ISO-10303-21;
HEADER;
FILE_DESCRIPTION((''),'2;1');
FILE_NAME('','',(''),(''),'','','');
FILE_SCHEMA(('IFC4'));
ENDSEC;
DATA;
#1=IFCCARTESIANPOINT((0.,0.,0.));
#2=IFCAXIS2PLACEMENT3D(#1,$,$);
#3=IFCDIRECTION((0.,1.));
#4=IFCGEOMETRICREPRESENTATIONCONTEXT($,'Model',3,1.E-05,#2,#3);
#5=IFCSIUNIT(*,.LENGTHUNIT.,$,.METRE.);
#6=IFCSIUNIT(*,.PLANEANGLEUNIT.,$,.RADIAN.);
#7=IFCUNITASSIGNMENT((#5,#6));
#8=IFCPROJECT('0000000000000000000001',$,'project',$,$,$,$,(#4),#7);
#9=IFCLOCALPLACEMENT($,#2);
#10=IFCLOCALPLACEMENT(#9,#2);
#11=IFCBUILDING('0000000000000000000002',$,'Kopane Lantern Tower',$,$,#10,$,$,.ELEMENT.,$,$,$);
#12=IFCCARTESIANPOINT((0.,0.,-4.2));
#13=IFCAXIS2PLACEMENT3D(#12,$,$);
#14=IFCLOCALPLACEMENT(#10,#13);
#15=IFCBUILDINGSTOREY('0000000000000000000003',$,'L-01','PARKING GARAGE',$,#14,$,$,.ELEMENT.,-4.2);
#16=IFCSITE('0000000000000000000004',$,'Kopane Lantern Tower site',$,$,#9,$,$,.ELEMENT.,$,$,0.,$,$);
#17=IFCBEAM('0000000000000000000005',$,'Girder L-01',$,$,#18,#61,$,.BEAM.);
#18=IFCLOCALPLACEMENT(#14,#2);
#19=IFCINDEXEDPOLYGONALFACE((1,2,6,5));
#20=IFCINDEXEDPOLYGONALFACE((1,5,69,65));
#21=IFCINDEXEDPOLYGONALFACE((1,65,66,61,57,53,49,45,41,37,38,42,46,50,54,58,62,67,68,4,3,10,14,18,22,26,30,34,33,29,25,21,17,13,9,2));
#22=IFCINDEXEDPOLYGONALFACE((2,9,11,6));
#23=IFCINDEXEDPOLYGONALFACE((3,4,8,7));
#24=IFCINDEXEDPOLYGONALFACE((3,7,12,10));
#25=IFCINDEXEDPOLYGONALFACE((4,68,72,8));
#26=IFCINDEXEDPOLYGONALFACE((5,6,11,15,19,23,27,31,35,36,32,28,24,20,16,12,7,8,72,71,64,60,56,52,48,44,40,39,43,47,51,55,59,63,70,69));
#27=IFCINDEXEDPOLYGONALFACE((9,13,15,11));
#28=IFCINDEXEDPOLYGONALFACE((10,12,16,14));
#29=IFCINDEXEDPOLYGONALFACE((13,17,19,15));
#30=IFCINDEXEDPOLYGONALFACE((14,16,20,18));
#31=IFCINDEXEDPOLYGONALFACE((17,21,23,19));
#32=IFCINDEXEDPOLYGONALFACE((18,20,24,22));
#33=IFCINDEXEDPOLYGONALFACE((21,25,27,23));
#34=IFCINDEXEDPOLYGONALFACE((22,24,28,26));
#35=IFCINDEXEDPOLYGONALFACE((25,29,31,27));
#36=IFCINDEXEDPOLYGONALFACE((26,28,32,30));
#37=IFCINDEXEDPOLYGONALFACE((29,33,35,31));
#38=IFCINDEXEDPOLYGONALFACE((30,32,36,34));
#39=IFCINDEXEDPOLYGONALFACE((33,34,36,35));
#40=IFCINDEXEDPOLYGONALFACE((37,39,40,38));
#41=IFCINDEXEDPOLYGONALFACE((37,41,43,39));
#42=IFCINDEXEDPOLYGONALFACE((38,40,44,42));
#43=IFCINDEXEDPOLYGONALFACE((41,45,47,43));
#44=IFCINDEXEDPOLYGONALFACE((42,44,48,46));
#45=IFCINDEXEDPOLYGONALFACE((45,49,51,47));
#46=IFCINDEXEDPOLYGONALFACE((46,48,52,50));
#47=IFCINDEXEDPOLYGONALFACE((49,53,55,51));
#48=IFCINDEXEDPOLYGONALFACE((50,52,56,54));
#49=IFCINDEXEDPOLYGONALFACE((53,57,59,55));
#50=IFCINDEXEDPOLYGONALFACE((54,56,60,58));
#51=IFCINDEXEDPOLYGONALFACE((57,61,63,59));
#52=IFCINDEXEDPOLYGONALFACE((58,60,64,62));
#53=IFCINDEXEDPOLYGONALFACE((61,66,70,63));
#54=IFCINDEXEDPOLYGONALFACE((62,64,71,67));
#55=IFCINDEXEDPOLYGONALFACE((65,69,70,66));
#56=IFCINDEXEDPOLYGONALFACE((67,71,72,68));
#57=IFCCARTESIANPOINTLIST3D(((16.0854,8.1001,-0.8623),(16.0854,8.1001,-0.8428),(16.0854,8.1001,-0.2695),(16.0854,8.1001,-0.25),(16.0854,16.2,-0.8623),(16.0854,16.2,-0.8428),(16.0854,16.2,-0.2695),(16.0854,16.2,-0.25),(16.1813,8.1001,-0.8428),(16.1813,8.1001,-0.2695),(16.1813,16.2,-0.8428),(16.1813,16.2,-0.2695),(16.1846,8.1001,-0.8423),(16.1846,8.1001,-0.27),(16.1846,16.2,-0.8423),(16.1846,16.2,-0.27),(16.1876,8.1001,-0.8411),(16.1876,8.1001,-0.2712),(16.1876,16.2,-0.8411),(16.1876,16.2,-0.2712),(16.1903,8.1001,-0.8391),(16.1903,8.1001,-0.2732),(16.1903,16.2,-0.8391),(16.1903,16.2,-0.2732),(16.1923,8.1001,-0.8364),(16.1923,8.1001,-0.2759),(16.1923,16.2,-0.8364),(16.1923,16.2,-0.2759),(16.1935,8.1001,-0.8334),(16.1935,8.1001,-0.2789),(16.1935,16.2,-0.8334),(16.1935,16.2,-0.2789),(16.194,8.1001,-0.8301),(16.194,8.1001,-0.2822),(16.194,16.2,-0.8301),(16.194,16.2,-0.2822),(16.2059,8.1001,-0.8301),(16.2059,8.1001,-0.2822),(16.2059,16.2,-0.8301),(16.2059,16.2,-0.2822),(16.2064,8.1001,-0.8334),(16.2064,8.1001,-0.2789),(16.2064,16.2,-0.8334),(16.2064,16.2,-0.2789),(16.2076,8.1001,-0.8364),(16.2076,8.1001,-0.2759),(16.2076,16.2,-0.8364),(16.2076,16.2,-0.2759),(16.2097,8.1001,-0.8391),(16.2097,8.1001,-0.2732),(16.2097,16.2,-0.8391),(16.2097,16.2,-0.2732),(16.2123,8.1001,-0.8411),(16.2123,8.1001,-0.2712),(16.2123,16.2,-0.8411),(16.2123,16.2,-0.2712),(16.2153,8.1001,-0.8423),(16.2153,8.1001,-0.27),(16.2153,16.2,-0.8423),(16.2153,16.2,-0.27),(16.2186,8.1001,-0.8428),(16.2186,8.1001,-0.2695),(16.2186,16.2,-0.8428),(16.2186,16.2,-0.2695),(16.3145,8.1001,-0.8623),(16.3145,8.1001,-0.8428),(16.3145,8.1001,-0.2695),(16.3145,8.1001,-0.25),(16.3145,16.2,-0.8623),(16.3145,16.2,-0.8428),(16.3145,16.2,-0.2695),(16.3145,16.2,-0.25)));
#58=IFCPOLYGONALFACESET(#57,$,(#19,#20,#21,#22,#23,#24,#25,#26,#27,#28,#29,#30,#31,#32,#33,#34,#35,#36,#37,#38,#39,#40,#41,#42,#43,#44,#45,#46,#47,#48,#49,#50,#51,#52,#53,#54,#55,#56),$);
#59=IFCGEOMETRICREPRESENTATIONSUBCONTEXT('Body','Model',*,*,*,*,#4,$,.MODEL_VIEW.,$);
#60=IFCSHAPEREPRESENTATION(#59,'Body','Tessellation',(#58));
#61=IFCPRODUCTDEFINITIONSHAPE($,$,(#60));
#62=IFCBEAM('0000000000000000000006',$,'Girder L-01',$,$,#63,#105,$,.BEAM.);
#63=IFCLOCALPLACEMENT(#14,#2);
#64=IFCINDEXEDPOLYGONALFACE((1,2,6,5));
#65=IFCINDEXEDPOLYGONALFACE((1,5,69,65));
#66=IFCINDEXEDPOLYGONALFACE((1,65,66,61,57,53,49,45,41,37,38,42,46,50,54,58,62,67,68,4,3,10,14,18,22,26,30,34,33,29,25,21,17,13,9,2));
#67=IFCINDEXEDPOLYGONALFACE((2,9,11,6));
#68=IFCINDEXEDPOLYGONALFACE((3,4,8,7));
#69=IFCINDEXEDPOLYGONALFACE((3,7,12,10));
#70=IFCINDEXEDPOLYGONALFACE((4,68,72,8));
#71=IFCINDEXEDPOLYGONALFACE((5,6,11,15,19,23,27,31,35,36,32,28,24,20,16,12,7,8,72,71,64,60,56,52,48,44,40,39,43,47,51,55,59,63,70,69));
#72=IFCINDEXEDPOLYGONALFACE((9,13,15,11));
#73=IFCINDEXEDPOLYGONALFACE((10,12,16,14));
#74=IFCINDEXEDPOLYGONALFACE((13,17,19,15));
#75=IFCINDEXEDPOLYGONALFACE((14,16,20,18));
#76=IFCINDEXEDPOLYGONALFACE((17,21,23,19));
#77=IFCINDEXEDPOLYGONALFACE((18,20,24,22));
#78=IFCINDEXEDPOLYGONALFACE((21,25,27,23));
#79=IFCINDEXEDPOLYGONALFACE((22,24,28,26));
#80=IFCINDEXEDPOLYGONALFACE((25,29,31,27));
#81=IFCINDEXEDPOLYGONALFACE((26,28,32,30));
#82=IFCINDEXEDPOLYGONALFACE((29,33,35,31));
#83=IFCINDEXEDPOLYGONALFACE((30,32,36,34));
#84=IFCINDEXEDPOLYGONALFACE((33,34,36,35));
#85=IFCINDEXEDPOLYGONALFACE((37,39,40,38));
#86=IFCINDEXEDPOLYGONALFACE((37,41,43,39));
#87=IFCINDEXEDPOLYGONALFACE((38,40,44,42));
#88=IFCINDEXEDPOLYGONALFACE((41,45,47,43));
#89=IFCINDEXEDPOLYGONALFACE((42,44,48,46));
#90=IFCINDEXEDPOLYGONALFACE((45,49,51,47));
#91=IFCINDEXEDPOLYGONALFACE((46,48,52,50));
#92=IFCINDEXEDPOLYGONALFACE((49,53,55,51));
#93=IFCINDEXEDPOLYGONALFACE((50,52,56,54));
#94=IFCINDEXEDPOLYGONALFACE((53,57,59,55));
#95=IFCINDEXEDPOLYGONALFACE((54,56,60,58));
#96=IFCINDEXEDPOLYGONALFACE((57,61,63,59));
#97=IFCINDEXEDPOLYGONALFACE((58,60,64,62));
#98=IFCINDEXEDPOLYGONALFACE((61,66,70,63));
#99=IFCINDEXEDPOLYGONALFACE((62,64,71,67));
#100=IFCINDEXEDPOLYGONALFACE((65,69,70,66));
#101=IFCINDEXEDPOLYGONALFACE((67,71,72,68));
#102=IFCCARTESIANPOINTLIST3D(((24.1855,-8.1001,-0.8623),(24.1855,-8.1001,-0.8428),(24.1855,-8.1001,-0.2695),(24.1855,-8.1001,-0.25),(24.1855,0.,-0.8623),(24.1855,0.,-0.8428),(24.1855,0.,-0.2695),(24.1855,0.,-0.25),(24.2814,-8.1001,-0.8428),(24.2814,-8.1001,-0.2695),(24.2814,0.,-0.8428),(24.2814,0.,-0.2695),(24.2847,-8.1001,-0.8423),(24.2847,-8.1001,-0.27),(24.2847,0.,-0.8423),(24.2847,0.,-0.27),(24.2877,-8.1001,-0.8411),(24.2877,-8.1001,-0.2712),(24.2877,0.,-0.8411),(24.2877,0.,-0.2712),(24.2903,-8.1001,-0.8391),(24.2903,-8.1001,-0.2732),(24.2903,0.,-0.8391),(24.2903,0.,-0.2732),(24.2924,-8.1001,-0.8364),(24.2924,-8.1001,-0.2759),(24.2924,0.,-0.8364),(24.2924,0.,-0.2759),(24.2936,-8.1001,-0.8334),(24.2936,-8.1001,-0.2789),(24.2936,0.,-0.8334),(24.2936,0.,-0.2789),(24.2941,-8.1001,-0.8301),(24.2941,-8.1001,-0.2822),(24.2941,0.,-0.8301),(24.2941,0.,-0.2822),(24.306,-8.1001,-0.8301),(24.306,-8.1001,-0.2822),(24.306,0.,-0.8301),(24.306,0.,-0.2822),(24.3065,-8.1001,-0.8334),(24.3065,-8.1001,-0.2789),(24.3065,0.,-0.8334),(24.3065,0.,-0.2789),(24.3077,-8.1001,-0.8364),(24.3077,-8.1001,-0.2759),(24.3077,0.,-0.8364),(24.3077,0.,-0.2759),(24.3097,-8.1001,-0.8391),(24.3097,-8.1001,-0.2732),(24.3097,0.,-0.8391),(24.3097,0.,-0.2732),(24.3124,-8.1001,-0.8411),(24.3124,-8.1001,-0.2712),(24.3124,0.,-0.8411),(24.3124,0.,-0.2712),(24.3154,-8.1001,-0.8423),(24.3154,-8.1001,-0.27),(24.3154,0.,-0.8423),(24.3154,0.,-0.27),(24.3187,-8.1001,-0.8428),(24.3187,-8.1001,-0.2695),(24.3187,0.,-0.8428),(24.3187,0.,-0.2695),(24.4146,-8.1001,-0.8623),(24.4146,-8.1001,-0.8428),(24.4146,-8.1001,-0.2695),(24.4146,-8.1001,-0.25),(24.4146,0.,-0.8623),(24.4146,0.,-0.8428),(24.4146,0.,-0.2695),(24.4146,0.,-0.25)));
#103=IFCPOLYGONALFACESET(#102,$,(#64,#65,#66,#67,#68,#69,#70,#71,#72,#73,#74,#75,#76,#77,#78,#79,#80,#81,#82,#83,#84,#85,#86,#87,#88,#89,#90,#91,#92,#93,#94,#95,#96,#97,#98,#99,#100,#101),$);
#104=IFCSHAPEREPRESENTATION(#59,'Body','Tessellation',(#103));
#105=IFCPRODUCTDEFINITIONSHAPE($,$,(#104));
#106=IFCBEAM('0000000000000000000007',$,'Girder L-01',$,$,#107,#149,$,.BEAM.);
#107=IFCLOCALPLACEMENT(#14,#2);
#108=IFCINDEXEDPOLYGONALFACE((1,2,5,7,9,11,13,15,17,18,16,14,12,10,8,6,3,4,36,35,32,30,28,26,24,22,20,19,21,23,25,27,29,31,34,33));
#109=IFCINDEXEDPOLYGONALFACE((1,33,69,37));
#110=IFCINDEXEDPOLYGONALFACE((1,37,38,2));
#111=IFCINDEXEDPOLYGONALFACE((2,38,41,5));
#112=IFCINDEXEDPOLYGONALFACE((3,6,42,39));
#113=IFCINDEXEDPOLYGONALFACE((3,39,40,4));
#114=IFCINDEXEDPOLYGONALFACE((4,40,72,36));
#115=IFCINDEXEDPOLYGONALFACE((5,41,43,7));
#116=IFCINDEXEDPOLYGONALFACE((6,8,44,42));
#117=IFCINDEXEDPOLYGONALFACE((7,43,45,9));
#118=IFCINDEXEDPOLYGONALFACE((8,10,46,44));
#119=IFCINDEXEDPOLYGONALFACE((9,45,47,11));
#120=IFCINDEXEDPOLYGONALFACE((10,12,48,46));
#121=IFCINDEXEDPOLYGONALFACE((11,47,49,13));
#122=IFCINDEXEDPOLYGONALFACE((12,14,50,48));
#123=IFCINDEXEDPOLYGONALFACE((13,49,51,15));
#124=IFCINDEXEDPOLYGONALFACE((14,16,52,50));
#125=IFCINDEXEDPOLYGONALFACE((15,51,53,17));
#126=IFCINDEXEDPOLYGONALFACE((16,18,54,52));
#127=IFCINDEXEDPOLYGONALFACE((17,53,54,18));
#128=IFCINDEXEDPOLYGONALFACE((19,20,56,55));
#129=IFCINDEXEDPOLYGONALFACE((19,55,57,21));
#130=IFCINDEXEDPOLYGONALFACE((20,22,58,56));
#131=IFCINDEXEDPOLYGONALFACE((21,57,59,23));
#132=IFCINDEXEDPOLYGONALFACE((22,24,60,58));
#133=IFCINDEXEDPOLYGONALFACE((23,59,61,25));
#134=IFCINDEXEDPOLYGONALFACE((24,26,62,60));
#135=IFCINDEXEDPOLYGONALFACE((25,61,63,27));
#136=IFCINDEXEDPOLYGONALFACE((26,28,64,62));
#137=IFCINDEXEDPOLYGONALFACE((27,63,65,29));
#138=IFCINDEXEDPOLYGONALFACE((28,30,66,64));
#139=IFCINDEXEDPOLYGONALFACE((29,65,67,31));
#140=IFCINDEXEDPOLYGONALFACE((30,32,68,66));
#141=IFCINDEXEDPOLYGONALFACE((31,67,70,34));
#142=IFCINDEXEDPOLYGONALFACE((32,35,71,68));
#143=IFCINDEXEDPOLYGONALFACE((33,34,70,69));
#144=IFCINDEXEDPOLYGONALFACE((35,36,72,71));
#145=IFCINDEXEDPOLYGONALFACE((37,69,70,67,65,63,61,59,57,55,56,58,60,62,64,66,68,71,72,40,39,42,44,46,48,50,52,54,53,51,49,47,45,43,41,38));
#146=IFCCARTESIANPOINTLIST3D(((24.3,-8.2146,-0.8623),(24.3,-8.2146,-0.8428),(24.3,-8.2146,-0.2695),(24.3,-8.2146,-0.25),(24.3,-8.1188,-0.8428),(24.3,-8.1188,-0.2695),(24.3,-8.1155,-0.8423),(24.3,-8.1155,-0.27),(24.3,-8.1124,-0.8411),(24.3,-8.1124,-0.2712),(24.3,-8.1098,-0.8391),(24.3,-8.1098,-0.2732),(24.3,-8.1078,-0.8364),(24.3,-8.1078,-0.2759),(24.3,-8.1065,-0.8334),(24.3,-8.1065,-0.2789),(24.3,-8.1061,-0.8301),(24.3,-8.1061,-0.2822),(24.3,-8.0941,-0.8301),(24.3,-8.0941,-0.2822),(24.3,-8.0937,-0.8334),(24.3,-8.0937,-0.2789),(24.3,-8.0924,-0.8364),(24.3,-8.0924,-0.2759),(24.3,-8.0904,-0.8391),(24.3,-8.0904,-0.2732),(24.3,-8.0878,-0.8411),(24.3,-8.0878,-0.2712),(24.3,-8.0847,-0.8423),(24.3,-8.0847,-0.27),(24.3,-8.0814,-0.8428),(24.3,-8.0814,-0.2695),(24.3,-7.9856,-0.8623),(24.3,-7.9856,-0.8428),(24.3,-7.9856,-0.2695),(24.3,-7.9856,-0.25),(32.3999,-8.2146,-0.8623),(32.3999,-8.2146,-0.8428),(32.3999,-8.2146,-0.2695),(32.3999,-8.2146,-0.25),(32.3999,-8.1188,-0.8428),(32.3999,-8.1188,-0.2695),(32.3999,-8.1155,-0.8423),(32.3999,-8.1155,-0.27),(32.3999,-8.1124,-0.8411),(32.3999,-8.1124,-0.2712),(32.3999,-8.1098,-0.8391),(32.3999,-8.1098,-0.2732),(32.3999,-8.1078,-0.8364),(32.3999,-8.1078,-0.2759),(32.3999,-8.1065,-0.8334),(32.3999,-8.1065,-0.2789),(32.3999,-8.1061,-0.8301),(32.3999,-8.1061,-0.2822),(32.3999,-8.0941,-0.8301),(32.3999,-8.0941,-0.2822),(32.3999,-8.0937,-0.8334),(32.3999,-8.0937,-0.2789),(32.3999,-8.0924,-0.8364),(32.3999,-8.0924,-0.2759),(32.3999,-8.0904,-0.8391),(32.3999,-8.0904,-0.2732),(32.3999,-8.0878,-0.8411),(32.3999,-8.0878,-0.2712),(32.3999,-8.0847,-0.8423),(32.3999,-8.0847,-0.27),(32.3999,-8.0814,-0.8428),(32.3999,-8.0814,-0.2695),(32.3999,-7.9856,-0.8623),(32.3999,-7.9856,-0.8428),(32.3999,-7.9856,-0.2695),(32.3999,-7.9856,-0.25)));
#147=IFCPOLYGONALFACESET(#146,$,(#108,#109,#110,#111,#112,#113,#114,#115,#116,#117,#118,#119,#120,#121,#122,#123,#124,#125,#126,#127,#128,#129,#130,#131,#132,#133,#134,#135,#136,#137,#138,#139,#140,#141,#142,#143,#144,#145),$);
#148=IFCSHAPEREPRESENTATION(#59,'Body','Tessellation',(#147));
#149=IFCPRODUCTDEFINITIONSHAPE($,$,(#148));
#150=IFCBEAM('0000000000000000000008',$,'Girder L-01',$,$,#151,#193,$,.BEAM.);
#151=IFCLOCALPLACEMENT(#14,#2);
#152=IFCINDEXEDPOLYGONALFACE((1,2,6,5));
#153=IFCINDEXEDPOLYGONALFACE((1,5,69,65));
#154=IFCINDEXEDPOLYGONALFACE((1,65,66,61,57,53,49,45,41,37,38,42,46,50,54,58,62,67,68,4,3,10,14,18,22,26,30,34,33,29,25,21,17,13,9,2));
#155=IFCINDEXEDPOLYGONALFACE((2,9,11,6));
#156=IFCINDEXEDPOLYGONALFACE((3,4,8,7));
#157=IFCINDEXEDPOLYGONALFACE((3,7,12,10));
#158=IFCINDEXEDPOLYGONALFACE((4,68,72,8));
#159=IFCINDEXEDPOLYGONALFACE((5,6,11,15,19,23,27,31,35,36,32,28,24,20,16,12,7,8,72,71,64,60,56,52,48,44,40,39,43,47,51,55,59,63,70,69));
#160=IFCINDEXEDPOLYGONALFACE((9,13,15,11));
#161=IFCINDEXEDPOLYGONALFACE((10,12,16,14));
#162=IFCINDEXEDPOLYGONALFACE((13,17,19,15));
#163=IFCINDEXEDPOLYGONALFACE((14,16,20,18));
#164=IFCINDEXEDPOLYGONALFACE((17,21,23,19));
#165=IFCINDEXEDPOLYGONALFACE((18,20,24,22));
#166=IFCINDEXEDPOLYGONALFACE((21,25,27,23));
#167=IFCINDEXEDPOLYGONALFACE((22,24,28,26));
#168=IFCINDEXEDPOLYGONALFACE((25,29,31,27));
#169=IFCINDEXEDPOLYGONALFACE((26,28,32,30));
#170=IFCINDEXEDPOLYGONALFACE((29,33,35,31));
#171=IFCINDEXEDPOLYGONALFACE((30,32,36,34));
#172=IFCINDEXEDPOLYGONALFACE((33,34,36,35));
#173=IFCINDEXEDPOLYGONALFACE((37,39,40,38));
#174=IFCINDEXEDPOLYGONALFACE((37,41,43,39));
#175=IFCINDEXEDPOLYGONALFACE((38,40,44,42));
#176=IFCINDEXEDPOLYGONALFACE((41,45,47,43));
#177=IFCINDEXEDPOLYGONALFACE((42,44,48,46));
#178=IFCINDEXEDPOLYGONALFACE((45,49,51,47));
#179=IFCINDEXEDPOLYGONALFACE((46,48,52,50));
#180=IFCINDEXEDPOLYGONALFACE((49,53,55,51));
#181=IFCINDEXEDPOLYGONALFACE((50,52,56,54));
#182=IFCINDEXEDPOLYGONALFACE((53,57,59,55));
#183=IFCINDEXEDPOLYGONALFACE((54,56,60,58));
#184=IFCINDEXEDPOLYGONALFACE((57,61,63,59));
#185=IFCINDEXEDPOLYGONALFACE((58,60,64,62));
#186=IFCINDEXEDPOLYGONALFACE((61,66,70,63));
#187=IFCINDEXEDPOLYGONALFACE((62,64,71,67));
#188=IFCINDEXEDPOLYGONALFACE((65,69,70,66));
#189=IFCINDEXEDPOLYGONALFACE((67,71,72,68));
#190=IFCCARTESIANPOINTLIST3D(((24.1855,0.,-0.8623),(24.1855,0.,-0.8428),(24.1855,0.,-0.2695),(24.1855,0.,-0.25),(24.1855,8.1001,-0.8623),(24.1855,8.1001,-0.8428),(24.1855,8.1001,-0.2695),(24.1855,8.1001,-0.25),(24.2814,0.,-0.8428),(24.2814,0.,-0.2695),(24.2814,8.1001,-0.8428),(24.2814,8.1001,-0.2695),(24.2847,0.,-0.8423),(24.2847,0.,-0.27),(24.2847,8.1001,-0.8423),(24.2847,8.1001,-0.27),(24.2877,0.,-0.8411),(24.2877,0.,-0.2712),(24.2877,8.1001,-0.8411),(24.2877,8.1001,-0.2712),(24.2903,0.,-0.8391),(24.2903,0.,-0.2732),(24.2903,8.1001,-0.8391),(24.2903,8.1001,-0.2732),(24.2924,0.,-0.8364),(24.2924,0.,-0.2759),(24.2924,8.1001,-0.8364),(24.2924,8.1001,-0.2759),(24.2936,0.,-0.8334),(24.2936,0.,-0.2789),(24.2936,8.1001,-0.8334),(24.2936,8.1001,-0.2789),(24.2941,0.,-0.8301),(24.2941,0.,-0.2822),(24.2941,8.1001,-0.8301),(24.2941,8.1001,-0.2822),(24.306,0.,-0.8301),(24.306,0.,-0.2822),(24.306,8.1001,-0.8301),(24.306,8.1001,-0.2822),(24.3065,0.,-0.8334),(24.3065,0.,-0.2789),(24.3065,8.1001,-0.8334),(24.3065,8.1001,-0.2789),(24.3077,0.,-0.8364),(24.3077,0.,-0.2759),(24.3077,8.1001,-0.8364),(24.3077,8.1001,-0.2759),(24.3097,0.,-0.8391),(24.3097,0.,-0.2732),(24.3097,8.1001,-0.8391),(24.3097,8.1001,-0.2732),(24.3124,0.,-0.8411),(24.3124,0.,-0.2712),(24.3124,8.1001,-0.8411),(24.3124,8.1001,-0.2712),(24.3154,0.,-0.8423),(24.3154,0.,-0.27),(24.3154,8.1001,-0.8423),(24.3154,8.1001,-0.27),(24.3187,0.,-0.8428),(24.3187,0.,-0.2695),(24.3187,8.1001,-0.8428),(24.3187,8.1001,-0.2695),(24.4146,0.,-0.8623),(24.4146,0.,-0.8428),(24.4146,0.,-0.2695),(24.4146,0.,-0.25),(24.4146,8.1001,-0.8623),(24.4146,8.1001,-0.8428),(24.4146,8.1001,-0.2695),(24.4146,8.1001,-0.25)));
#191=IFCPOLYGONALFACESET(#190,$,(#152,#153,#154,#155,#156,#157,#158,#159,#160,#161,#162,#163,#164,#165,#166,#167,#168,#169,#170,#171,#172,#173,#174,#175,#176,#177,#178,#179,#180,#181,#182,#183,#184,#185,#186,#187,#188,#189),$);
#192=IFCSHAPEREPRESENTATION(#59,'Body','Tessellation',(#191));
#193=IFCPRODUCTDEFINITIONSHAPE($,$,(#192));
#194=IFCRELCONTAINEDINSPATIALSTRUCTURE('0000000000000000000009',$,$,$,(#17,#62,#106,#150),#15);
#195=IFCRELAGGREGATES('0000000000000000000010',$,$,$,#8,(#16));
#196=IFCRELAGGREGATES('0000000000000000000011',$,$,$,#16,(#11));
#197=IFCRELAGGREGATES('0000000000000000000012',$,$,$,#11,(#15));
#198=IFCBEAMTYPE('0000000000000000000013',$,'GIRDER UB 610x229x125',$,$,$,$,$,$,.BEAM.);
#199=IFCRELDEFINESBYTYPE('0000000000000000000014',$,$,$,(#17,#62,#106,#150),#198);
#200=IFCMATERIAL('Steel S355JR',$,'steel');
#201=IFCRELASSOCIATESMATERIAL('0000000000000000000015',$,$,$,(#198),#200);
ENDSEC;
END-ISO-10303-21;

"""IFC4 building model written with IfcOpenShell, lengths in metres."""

from ifc_helpers import new_model, si_unit, direction, frame, origin, origin_2d, place, context, subcontext, project, spatial, i_section, extrude, material, material_profile, profile_set, type_object, element, save


model = new_model("IFC4")

# Units and contexts
model_context = context("Model", 3, precision=1e-05, world=origin(), true_north=direction((0.0, 1.0)))
body_context = subcontext(model_context, "Body", "Model", "MODEL_VIEW")
ifc_project = project(units=[si_unit("LENGTHUNIT", "METRE"), si_unit("PLANEANGLEUNIT", "RADIAN")], contexts=[model_context])

# Site, building, storey
site_placement = place(None, origin())
site = spatial("IfcSite", under=ifc_project, at=site_placement, Name="Kopane Lantern Tower site", CompositionType="ELEMENT", RefElevation=0.0)
building_placement = place(site_placement, origin())
building = spatial("IfcBuilding", under=site, at=building_placement, Name="Kopane Lantern Tower", CompositionType="ELEMENT")
storey_placement = place(building_placement, frame((0.0, 0.0, -4.2)))
storey = spatial("IfcBuildingStorey", under=building, at=storey_placement, Name="L-01", Description="PARKING GARAGE", CompositionType="ELEMENT", Elevation=-4.2)

# Beams
ifc_material_1 = material(Name="Steel S355JR", Category="steel")
ifc_material_profile_1 = material_profile(ifc_material_1, i_section(OverallWidth=0.229, OverallDepth=0.6123, WebThickness=0.012, FlangeThickness=0.0195, FilletRadius=0.0127, at=origin_2d()), Name="UB 610x229x125")
ifc_profile_set_1 = profile_set([ifc_material_profile_1], Name="Steel S355JR")
beam_type = type_object("IfcBeamType", Name="GIRDER UB 610x229x125", PredefinedType="BEAM", material=ifc_profile_set_1)
beam_1_placement = place(storey_placement, frame((16.2, 8.1001, -0.5562), z_axis=(0.0, 1.0, 0.0), x_axis=(-1.0, 0.0, 0.0)))
element("IfcBeam", 1, at=beam_1_placement, inside=storey, type_object=beam_type, Name="Girder L-01", PredefinedType="BEAM", context=body_context, shape_type="SweptSolid", body=[
    extrude(i_section(OverallWidth=0.229, OverallDepth=0.6123, WebThickness=0.012, FlangeThickness=0.0195, FilletRadius=0.0127, at=origin_2d()), origin(), (0.0, 0.0, 1.0), 8.0999),
])
beam_2_placement = place(storey_placement, frame((24.3, -8.1001, -0.5562), z_axis=(0.0, 1.0, 0.0), x_axis=(-1.0, 0.0, 0.0)))
element("IfcBeam", 2, at=beam_2_placement, inside=storey, type_object=beam_type, Name="Girder L-01", PredefinedType="BEAM", context=body_context, shape_type="SweptSolid", body=[
    extrude(i_section(OverallWidth=0.229, OverallDepth=0.6123, WebThickness=0.012, FlangeThickness=0.0195, FilletRadius=0.0127, at=origin_2d()), origin(), (0.0, 0.0, 1.0), 8.1001),
])
beam_3_placement = place(storey_placement, frame((24.3, -8.1001, -0.5562), z_axis=(1.0, 0.0, 0.0), x_axis=(0.0, 1.0, 0.0)))
element("IfcBeam", 3, at=beam_3_placement, inside=storey, type_object=beam_type, Name="Girder L-01", PredefinedType="BEAM", context=body_context, shape_type="SweptSolid", body=[
    extrude(i_section(OverallWidth=0.229, OverallDepth=0.6123, WebThickness=0.012, FlangeThickness=0.0195, FilletRadius=0.0127, at=origin_2d()), origin(), (0.0, 0.0, 1.0), 8.0999),
])
beam_4_placement = place(storey_placement, frame((24.3, 0.0, -0.5562), z_axis=(0.0, 1.0, 0.0), x_axis=(-1.0, 0.0, 0.0)))
element("IfcBeam", 4, at=beam_4_placement, inside=storey, type_object=beam_type, Name="Girder L-01", PredefinedType="BEAM", context=body_context, shape_type="SweptSolid", body=[
    extrude(i_section(OverallWidth=0.229, OverallDepth=0.6123, WebThickness=0.012, FlangeThickness=0.0195, FilletRadius=0.0127, at=origin_2d()), origin(), (0.0, 0.0, 1.0), 8.1001),
])

save(model, "model.ifc")
